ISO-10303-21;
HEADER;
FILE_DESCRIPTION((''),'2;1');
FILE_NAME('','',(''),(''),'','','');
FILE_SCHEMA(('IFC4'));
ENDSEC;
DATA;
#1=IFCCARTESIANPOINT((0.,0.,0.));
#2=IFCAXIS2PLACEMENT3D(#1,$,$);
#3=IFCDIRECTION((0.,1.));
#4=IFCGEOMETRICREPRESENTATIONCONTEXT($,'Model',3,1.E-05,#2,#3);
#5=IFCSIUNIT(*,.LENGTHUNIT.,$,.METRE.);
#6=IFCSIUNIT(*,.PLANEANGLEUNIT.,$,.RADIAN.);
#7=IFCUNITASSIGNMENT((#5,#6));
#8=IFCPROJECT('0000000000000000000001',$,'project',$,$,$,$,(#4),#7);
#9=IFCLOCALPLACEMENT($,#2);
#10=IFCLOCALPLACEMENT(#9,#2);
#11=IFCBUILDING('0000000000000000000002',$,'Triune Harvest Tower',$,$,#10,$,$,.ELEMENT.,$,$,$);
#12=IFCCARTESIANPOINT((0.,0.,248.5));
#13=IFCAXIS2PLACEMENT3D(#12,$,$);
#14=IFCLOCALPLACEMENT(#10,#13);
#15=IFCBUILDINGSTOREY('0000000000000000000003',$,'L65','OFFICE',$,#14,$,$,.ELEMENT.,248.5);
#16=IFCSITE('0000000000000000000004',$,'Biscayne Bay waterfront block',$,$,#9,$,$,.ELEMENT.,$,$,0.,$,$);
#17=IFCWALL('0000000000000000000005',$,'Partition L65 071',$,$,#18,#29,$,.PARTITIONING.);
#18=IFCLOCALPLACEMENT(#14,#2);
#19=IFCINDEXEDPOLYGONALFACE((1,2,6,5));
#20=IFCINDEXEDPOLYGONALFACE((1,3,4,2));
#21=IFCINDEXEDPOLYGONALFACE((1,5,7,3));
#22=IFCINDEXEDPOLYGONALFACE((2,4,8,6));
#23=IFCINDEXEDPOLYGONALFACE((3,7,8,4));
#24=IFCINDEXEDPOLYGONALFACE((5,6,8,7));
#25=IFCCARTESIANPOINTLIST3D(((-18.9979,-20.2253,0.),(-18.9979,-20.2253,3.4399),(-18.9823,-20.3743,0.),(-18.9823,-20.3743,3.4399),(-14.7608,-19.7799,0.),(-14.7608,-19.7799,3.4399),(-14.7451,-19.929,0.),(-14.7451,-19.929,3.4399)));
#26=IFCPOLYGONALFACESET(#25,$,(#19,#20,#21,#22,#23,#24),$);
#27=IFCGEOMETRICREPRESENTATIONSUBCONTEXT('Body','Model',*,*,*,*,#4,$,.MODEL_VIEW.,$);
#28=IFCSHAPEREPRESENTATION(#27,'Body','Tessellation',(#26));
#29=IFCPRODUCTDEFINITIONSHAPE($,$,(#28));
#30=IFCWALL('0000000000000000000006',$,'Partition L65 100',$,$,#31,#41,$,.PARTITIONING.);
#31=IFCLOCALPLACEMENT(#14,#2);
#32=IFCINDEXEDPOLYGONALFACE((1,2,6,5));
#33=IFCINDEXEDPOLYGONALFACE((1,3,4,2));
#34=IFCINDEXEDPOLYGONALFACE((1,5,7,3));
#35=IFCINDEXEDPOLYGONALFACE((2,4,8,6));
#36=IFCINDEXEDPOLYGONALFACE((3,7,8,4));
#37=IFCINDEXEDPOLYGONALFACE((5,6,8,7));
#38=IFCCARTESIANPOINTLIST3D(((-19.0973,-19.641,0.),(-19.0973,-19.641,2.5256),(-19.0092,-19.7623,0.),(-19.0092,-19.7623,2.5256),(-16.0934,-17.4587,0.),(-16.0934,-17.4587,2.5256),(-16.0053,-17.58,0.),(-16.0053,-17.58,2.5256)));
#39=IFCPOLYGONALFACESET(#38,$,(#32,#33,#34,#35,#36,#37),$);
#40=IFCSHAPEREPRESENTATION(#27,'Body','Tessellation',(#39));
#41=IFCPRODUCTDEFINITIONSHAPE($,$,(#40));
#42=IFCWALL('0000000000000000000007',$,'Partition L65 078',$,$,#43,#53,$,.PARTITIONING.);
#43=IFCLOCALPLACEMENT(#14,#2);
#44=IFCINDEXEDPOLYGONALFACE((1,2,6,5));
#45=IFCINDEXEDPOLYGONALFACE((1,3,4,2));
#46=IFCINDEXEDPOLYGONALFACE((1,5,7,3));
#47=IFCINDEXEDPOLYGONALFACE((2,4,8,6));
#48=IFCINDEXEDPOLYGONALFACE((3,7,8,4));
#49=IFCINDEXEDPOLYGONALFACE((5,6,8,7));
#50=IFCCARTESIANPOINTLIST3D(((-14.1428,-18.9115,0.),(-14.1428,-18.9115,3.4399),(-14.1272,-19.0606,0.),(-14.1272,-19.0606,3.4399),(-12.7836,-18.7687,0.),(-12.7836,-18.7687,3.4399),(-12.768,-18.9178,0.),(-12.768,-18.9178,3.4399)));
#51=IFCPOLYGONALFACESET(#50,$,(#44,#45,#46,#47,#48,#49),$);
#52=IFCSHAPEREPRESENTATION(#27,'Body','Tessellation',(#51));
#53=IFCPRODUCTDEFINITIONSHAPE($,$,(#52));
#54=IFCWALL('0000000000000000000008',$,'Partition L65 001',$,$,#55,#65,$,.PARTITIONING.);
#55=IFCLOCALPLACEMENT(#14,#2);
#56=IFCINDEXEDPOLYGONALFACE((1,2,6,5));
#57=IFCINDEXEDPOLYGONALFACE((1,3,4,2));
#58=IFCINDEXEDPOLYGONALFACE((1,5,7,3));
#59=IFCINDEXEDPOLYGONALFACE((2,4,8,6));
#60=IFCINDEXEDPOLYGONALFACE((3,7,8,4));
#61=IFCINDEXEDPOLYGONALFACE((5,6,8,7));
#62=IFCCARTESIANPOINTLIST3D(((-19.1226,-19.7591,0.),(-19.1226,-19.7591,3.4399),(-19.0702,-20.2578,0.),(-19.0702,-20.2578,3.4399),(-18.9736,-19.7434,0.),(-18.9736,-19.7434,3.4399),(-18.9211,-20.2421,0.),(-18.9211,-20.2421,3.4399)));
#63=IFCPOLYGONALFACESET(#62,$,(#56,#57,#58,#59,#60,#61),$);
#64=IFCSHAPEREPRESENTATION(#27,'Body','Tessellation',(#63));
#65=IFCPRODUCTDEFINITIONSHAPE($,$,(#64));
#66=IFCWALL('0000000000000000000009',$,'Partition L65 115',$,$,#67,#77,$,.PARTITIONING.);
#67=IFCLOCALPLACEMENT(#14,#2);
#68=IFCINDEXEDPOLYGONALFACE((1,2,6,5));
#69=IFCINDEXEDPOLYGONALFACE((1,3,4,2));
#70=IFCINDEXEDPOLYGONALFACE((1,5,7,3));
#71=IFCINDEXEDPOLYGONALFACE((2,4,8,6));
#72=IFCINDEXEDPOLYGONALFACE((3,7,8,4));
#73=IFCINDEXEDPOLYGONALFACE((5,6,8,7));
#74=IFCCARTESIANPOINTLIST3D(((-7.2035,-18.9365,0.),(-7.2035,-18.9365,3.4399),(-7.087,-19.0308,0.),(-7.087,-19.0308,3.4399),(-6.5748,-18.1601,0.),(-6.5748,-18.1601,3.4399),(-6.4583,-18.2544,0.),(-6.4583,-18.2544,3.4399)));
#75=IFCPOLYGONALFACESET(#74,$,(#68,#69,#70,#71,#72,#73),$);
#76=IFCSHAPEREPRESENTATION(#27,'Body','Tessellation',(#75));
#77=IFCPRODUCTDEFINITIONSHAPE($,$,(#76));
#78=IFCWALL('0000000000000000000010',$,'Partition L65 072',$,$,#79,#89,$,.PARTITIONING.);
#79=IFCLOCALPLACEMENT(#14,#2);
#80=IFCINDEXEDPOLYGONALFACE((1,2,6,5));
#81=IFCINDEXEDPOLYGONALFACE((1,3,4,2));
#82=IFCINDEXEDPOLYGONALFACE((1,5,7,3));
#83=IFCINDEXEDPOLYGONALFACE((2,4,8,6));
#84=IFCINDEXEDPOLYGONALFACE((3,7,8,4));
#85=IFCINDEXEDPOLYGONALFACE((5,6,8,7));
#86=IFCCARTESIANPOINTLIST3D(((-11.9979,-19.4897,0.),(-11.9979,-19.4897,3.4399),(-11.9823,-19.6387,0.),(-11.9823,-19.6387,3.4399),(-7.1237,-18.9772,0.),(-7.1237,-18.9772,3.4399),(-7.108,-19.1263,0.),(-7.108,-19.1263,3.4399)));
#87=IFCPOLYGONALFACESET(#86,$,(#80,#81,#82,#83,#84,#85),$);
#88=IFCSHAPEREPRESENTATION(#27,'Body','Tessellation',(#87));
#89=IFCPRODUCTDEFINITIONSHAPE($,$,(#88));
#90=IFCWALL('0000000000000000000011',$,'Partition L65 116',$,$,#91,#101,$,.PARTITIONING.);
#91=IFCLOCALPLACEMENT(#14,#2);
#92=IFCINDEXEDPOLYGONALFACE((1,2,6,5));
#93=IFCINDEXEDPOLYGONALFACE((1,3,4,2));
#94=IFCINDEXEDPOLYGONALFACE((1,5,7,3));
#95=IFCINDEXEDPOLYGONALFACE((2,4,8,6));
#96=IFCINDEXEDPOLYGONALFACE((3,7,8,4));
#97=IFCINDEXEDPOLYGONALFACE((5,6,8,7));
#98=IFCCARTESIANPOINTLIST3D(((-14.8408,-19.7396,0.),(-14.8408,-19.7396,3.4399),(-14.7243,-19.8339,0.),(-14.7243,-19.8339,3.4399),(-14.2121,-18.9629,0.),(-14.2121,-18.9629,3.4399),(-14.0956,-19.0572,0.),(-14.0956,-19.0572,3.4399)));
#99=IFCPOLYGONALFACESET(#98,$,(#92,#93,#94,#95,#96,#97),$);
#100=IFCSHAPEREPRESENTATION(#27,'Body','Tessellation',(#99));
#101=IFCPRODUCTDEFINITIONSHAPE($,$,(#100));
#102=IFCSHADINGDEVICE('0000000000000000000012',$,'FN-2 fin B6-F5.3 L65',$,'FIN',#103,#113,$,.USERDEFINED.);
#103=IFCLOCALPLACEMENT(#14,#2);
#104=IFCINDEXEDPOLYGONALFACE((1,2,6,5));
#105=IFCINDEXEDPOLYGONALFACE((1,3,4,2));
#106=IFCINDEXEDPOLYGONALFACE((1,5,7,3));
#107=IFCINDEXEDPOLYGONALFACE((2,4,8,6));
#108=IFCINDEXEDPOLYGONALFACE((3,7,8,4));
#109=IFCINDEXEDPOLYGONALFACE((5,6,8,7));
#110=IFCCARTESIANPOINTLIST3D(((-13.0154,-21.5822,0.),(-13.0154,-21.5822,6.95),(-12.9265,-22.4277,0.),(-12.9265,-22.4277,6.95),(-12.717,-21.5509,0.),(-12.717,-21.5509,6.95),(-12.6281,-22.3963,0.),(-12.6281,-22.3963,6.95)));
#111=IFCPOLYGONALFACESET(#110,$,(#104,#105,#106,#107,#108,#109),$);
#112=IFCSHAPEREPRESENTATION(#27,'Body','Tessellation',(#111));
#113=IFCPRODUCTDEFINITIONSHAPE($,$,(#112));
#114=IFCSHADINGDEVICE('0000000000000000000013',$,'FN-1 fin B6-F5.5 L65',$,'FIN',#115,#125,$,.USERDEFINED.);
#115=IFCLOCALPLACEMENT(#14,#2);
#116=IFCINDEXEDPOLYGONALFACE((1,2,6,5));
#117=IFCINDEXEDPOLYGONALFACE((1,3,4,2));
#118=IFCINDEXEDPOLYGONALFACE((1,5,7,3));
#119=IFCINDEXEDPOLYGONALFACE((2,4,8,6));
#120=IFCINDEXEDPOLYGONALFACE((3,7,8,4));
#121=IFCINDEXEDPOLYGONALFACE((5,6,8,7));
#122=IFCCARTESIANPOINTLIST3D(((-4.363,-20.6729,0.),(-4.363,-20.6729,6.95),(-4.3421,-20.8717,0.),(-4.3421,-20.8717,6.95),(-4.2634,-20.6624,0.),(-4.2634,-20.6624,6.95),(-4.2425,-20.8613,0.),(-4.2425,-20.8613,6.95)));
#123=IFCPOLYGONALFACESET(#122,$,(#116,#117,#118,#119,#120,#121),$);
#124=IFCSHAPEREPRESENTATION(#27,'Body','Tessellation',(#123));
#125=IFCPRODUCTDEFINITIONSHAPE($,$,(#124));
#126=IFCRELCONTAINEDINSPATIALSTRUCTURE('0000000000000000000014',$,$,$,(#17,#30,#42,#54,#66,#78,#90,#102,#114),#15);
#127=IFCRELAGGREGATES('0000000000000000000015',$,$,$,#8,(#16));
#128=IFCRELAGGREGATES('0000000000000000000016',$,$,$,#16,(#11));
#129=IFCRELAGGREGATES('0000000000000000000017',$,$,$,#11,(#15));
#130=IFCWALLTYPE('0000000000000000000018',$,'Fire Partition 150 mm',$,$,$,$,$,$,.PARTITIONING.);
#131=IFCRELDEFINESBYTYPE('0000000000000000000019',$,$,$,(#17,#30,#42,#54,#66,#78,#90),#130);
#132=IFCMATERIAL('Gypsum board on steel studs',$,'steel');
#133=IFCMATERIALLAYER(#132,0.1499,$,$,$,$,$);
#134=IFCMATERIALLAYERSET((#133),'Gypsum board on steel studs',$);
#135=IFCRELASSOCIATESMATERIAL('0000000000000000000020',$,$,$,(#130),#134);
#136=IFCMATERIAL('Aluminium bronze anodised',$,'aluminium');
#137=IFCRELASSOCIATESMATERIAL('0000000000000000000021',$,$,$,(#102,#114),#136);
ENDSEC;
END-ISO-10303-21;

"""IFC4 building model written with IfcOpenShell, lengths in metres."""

from ifc_helpers import new_model, si_unit, direction, frame, frame_2d, origin, origin_2d, place, context, subcontext, project, spatial, rectangle, extrude, source, transform, mapped, material, layer, layer_set, type_object, element, save


model = new_model("IFC4")

# Units and contexts
model_context = context("Model", 3, precision=1e-05, world=origin(), true_north=direction((0.0, 1.0)))
body_context = subcontext(model_context, "Body", "Model", "MODEL_VIEW")
ifc_project = project(units=[si_unit("LENGTHUNIT", "METRE"), si_unit("PLANEANGLEUNIT", "RADIAN")], contexts=[model_context])

# Site, building, storey
site_placement = place(None, origin())
site = spatial("IfcSite", under=ifc_project, at=site_placement, Name="Biscayne Bay waterfront block", CompositionType="ELEMENT", RefElevation=0.0)
building_placement = place(site_placement, origin())
building = spatial("IfcBuilding", under=site, at=building_placement, Name="Triune Harvest Tower", CompositionType="ELEMENT")
storey_placement = place(building_placement, frame((0.0, 0.0, 248.5)))
storey = spatial("IfcBuildingStorey", under=building, at=storey_placement, Name="L65", Description="OFFICE", CompositionType="ELEMENT", Elevation=248.5)

# Walls
ifc_material_1 = material(Name="Gypsum board on steel studs", Category="steel")
ifc_layer_1 = layer(ifc_material_1, 0.1499)
ifc_layer_set_1 = layer_set([ifc_layer_1], Name="Gypsum board on steel studs")
wall_type = type_object("IfcWallType", Name="Fire Partition 150 mm", PredefinedType="PARTITIONING", material=ifc_layer_set_1)
wall_1_placement = place(storey_placement, frame((-18.9902, -20.2998, 0.0), z_axis=(0.0, 0.0, 1.0), x_axis=(0.994522, 0.104524, 0.0)))
element("IfcWall", 1, at=wall_1_placement, inside=storey, type_object=wall_type, Name="Partition L65 071", PredefinedType="PARTITIONING", context=body_context, shape_type="SweptSolid", body=[
    extrude(rectangle(XDim=4.2605, YDim=0.1499, at=frame_2d((2.1304, 0.0))), origin(), (0.0, 0.0, 1.0), 3.4399),
])
wall_2_placement = place(storey_placement, frame((-19.0532, -19.7017, 0.0), z_axis=(0.0, 0.0, 1.0), x_axis=(0.809029, 0.587769, 0.0)))
element("IfcWall", 2, at=wall_2_placement, inside=storey, type_object=wall_type, Name="Partition L65 100", PredefinedType="PARTITIONING", context=body_context, shape_type="SweptSolid", body=[
    extrude(rectangle(XDim=3.7129, YDim=0.1499, at=frame_2d((1.8564, 0.0))), origin(), (0.0, 0.0, 1.0), 2.5256),
])
shared_shape_1 = source(origin(), body_context, "Body", "SweptSolid", [
    extrude(rectangle(XDim=1.3667, YDim=0.1499, at=frame_2d((0.6833, 0.0))), origin(), (0.0, 0.0, 1.0), 3.4399),
])
wall_3_placement = place(storey_placement, frame((-14.135, -18.9861, 0.0), z_axis=(0.0, 0.0, 1.0), x_axis=(0.994524, 0.104508, 0.0)))
element("IfcWall", 3, at=wall_3_placement, inside=storey, type_object=wall_type, Name="Partition L65 078", PredefinedType="PARTITIONING", context=body_context, shape_type="MappedRepresentation", body=[
    mapped(shared_shape_1, transform((0.0, 0.0, 0.0), scale=1.0)),
])
shared_shape_2 = source(origin(), body_context, "Body", "SweptSolid", [
    extrude(rectangle(XDim=0.5015, YDim=0.1499, at=frame_2d((0.2507, 0.0))), origin(), (0.0, 0.0, 1.0), 3.4399),
])
wall_4_placement = place(storey_placement, frame((-19.0481, -19.7512, 0.0), z_axis=(0.0, 0.0, 1.0), x_axis=(0.104659, -0.994508, 0.0)))
element("IfcWall", 4, at=wall_4_placement, inside=storey, type_object=wall_type, Name="Partition L65 001", PredefinedType="PARTITIONING", context=body_context, shape_type="MappedRepresentation", body=[
    mapped(shared_shape_2, transform((0.0, 0.0, 0.0), scale=1.0)),
])
shared_shape_3 = source(origin(), body_context, "Body", "SweptSolid", [
    extrude(rectangle(XDim=0.999, YDim=0.1499, at=frame_2d((0.4995, 0.0))), origin(), (0.0, 0.0, 1.0), 3.4399),
])
wall_5_placement = place(storey_placement, frame((-7.1453, -18.9836, 0.0), z_axis=(0.0, 0.0, 1.0), x_axis=(0.629304, 0.777159, 0.0)))
element("IfcWall", 5, at=wall_5_placement, inside=storey, type_object=wall_type, Name="Partition L65 115", PredefinedType="PARTITIONING", context=body_context, shape_type="MappedRepresentation", body=[
    mapped(shared_shape_3, transform((0.0, 0.0, 0.0), scale=1.0)),
])
shared_shape_4 = source(origin(), body_context, "Body", "SweptSolid", [
    extrude(rectangle(XDim=4.9011, YDim=0.1499, at=frame_2d((2.4507, 0.0))), origin(), (0.0, 0.0, 1.0), 3.4399),
])
wall_6_placement = place(storey_placement, frame((-11.9902, -19.5642, 0.0), z_axis=(0.0, 0.0, 1.0), x_axis=(0.994519, 0.104558, 0.0)))
element("IfcWall", 6, at=wall_6_placement, inside=storey, type_object=wall_type, Name="Partition L65 072", PredefinedType="PARTITIONING", context=body_context, shape_type="MappedRepresentation", body=[
    mapped(shared_shape_4, transform((0.0, 0.0, 0.0), scale=1.0)),
])
shared_shape_5 = source(origin(), body_context, "Body", "SweptSolid", [
    extrude(rectangle(XDim=0.9993, YDim=0.1499, at=frame_2d((0.4995, 0.0))), origin(), (0.0, 0.0, 1.0), 3.4399),
])
wall_7_placement = place(storey_placement, frame((-14.7825, -19.7866, 0.0), z_axis=(0.0, 0.0, 1.0), x_axis=(0.629184, 0.777256, 0.0)))
element("IfcWall", 7, at=wall_7_placement, inside=storey, type_object=wall_type, Name="Partition L65 116", PredefinedType="PARTITIONING", context=body_context, shape_type="MappedRepresentation", body=[
    mapped(shared_shape_5, transform((0.0, 0.0, 0.0), scale=1.0)),
])

# Shading devices
ifc_material_2 = material(Name="Aluminium bronze anodised", Category="aluminium")
shared_shape_6 = source(origin(), body_context, "Body", "SweptSolid", [
    extrude(rectangle(XDim=0.3, YDim=0.8501, at=origin_2d()), origin(), (0.0, 0.0, 1.0), 6.95),
])
shading_device_1_placement = place(storey_placement, frame((-12.8218, -21.9893, 0.0), z_axis=(0.0, 0.0, 1.0), x_axis=(0.994522, 0.10453, 0.0)))
element("IfcShadingDevice", 8, at=shading_device_1_placement, inside=storey, material=ifc_material_2, Name="FN-2 fin B6-F5.3 L65", ObjectType="FIN", PredefinedType="USERDEFINED", context=body_context, shape_type="MappedRepresentation", body=[
    mapped(shared_shape_6, transform((0.0, 0.0, 0.0), scale=1.0)),
])
shared_shape_7 = source(origin(), body_context, "Body", "SweptSolid", [
    extrude(rectangle(XDim=0.1001, YDim=0.2, at=origin_2d()), origin(), (0.0, 0.0, 1.0), 6.95),
])
shading_device_2_placement = place(storey_placement, frame((-4.3027, -20.7671, 0.0), z_axis=(0.0, 0.0, 1.0), x_axis=(0.994522, 0.10453, 0.0)))
element("IfcShadingDevice", 9, at=shading_device_2_placement, inside=storey, material=ifc_material_2, Name="FN-1 fin B6-F5.5 L65", ObjectType="FIN", PredefinedType="USERDEFINED", context=body_context, shape_type="MappedRepresentation", body=[
    mapped(shared_shape_7, transform((0.0, 0.0, 0.0), scale=1.0)),
])

save(model, "model.ifc")
